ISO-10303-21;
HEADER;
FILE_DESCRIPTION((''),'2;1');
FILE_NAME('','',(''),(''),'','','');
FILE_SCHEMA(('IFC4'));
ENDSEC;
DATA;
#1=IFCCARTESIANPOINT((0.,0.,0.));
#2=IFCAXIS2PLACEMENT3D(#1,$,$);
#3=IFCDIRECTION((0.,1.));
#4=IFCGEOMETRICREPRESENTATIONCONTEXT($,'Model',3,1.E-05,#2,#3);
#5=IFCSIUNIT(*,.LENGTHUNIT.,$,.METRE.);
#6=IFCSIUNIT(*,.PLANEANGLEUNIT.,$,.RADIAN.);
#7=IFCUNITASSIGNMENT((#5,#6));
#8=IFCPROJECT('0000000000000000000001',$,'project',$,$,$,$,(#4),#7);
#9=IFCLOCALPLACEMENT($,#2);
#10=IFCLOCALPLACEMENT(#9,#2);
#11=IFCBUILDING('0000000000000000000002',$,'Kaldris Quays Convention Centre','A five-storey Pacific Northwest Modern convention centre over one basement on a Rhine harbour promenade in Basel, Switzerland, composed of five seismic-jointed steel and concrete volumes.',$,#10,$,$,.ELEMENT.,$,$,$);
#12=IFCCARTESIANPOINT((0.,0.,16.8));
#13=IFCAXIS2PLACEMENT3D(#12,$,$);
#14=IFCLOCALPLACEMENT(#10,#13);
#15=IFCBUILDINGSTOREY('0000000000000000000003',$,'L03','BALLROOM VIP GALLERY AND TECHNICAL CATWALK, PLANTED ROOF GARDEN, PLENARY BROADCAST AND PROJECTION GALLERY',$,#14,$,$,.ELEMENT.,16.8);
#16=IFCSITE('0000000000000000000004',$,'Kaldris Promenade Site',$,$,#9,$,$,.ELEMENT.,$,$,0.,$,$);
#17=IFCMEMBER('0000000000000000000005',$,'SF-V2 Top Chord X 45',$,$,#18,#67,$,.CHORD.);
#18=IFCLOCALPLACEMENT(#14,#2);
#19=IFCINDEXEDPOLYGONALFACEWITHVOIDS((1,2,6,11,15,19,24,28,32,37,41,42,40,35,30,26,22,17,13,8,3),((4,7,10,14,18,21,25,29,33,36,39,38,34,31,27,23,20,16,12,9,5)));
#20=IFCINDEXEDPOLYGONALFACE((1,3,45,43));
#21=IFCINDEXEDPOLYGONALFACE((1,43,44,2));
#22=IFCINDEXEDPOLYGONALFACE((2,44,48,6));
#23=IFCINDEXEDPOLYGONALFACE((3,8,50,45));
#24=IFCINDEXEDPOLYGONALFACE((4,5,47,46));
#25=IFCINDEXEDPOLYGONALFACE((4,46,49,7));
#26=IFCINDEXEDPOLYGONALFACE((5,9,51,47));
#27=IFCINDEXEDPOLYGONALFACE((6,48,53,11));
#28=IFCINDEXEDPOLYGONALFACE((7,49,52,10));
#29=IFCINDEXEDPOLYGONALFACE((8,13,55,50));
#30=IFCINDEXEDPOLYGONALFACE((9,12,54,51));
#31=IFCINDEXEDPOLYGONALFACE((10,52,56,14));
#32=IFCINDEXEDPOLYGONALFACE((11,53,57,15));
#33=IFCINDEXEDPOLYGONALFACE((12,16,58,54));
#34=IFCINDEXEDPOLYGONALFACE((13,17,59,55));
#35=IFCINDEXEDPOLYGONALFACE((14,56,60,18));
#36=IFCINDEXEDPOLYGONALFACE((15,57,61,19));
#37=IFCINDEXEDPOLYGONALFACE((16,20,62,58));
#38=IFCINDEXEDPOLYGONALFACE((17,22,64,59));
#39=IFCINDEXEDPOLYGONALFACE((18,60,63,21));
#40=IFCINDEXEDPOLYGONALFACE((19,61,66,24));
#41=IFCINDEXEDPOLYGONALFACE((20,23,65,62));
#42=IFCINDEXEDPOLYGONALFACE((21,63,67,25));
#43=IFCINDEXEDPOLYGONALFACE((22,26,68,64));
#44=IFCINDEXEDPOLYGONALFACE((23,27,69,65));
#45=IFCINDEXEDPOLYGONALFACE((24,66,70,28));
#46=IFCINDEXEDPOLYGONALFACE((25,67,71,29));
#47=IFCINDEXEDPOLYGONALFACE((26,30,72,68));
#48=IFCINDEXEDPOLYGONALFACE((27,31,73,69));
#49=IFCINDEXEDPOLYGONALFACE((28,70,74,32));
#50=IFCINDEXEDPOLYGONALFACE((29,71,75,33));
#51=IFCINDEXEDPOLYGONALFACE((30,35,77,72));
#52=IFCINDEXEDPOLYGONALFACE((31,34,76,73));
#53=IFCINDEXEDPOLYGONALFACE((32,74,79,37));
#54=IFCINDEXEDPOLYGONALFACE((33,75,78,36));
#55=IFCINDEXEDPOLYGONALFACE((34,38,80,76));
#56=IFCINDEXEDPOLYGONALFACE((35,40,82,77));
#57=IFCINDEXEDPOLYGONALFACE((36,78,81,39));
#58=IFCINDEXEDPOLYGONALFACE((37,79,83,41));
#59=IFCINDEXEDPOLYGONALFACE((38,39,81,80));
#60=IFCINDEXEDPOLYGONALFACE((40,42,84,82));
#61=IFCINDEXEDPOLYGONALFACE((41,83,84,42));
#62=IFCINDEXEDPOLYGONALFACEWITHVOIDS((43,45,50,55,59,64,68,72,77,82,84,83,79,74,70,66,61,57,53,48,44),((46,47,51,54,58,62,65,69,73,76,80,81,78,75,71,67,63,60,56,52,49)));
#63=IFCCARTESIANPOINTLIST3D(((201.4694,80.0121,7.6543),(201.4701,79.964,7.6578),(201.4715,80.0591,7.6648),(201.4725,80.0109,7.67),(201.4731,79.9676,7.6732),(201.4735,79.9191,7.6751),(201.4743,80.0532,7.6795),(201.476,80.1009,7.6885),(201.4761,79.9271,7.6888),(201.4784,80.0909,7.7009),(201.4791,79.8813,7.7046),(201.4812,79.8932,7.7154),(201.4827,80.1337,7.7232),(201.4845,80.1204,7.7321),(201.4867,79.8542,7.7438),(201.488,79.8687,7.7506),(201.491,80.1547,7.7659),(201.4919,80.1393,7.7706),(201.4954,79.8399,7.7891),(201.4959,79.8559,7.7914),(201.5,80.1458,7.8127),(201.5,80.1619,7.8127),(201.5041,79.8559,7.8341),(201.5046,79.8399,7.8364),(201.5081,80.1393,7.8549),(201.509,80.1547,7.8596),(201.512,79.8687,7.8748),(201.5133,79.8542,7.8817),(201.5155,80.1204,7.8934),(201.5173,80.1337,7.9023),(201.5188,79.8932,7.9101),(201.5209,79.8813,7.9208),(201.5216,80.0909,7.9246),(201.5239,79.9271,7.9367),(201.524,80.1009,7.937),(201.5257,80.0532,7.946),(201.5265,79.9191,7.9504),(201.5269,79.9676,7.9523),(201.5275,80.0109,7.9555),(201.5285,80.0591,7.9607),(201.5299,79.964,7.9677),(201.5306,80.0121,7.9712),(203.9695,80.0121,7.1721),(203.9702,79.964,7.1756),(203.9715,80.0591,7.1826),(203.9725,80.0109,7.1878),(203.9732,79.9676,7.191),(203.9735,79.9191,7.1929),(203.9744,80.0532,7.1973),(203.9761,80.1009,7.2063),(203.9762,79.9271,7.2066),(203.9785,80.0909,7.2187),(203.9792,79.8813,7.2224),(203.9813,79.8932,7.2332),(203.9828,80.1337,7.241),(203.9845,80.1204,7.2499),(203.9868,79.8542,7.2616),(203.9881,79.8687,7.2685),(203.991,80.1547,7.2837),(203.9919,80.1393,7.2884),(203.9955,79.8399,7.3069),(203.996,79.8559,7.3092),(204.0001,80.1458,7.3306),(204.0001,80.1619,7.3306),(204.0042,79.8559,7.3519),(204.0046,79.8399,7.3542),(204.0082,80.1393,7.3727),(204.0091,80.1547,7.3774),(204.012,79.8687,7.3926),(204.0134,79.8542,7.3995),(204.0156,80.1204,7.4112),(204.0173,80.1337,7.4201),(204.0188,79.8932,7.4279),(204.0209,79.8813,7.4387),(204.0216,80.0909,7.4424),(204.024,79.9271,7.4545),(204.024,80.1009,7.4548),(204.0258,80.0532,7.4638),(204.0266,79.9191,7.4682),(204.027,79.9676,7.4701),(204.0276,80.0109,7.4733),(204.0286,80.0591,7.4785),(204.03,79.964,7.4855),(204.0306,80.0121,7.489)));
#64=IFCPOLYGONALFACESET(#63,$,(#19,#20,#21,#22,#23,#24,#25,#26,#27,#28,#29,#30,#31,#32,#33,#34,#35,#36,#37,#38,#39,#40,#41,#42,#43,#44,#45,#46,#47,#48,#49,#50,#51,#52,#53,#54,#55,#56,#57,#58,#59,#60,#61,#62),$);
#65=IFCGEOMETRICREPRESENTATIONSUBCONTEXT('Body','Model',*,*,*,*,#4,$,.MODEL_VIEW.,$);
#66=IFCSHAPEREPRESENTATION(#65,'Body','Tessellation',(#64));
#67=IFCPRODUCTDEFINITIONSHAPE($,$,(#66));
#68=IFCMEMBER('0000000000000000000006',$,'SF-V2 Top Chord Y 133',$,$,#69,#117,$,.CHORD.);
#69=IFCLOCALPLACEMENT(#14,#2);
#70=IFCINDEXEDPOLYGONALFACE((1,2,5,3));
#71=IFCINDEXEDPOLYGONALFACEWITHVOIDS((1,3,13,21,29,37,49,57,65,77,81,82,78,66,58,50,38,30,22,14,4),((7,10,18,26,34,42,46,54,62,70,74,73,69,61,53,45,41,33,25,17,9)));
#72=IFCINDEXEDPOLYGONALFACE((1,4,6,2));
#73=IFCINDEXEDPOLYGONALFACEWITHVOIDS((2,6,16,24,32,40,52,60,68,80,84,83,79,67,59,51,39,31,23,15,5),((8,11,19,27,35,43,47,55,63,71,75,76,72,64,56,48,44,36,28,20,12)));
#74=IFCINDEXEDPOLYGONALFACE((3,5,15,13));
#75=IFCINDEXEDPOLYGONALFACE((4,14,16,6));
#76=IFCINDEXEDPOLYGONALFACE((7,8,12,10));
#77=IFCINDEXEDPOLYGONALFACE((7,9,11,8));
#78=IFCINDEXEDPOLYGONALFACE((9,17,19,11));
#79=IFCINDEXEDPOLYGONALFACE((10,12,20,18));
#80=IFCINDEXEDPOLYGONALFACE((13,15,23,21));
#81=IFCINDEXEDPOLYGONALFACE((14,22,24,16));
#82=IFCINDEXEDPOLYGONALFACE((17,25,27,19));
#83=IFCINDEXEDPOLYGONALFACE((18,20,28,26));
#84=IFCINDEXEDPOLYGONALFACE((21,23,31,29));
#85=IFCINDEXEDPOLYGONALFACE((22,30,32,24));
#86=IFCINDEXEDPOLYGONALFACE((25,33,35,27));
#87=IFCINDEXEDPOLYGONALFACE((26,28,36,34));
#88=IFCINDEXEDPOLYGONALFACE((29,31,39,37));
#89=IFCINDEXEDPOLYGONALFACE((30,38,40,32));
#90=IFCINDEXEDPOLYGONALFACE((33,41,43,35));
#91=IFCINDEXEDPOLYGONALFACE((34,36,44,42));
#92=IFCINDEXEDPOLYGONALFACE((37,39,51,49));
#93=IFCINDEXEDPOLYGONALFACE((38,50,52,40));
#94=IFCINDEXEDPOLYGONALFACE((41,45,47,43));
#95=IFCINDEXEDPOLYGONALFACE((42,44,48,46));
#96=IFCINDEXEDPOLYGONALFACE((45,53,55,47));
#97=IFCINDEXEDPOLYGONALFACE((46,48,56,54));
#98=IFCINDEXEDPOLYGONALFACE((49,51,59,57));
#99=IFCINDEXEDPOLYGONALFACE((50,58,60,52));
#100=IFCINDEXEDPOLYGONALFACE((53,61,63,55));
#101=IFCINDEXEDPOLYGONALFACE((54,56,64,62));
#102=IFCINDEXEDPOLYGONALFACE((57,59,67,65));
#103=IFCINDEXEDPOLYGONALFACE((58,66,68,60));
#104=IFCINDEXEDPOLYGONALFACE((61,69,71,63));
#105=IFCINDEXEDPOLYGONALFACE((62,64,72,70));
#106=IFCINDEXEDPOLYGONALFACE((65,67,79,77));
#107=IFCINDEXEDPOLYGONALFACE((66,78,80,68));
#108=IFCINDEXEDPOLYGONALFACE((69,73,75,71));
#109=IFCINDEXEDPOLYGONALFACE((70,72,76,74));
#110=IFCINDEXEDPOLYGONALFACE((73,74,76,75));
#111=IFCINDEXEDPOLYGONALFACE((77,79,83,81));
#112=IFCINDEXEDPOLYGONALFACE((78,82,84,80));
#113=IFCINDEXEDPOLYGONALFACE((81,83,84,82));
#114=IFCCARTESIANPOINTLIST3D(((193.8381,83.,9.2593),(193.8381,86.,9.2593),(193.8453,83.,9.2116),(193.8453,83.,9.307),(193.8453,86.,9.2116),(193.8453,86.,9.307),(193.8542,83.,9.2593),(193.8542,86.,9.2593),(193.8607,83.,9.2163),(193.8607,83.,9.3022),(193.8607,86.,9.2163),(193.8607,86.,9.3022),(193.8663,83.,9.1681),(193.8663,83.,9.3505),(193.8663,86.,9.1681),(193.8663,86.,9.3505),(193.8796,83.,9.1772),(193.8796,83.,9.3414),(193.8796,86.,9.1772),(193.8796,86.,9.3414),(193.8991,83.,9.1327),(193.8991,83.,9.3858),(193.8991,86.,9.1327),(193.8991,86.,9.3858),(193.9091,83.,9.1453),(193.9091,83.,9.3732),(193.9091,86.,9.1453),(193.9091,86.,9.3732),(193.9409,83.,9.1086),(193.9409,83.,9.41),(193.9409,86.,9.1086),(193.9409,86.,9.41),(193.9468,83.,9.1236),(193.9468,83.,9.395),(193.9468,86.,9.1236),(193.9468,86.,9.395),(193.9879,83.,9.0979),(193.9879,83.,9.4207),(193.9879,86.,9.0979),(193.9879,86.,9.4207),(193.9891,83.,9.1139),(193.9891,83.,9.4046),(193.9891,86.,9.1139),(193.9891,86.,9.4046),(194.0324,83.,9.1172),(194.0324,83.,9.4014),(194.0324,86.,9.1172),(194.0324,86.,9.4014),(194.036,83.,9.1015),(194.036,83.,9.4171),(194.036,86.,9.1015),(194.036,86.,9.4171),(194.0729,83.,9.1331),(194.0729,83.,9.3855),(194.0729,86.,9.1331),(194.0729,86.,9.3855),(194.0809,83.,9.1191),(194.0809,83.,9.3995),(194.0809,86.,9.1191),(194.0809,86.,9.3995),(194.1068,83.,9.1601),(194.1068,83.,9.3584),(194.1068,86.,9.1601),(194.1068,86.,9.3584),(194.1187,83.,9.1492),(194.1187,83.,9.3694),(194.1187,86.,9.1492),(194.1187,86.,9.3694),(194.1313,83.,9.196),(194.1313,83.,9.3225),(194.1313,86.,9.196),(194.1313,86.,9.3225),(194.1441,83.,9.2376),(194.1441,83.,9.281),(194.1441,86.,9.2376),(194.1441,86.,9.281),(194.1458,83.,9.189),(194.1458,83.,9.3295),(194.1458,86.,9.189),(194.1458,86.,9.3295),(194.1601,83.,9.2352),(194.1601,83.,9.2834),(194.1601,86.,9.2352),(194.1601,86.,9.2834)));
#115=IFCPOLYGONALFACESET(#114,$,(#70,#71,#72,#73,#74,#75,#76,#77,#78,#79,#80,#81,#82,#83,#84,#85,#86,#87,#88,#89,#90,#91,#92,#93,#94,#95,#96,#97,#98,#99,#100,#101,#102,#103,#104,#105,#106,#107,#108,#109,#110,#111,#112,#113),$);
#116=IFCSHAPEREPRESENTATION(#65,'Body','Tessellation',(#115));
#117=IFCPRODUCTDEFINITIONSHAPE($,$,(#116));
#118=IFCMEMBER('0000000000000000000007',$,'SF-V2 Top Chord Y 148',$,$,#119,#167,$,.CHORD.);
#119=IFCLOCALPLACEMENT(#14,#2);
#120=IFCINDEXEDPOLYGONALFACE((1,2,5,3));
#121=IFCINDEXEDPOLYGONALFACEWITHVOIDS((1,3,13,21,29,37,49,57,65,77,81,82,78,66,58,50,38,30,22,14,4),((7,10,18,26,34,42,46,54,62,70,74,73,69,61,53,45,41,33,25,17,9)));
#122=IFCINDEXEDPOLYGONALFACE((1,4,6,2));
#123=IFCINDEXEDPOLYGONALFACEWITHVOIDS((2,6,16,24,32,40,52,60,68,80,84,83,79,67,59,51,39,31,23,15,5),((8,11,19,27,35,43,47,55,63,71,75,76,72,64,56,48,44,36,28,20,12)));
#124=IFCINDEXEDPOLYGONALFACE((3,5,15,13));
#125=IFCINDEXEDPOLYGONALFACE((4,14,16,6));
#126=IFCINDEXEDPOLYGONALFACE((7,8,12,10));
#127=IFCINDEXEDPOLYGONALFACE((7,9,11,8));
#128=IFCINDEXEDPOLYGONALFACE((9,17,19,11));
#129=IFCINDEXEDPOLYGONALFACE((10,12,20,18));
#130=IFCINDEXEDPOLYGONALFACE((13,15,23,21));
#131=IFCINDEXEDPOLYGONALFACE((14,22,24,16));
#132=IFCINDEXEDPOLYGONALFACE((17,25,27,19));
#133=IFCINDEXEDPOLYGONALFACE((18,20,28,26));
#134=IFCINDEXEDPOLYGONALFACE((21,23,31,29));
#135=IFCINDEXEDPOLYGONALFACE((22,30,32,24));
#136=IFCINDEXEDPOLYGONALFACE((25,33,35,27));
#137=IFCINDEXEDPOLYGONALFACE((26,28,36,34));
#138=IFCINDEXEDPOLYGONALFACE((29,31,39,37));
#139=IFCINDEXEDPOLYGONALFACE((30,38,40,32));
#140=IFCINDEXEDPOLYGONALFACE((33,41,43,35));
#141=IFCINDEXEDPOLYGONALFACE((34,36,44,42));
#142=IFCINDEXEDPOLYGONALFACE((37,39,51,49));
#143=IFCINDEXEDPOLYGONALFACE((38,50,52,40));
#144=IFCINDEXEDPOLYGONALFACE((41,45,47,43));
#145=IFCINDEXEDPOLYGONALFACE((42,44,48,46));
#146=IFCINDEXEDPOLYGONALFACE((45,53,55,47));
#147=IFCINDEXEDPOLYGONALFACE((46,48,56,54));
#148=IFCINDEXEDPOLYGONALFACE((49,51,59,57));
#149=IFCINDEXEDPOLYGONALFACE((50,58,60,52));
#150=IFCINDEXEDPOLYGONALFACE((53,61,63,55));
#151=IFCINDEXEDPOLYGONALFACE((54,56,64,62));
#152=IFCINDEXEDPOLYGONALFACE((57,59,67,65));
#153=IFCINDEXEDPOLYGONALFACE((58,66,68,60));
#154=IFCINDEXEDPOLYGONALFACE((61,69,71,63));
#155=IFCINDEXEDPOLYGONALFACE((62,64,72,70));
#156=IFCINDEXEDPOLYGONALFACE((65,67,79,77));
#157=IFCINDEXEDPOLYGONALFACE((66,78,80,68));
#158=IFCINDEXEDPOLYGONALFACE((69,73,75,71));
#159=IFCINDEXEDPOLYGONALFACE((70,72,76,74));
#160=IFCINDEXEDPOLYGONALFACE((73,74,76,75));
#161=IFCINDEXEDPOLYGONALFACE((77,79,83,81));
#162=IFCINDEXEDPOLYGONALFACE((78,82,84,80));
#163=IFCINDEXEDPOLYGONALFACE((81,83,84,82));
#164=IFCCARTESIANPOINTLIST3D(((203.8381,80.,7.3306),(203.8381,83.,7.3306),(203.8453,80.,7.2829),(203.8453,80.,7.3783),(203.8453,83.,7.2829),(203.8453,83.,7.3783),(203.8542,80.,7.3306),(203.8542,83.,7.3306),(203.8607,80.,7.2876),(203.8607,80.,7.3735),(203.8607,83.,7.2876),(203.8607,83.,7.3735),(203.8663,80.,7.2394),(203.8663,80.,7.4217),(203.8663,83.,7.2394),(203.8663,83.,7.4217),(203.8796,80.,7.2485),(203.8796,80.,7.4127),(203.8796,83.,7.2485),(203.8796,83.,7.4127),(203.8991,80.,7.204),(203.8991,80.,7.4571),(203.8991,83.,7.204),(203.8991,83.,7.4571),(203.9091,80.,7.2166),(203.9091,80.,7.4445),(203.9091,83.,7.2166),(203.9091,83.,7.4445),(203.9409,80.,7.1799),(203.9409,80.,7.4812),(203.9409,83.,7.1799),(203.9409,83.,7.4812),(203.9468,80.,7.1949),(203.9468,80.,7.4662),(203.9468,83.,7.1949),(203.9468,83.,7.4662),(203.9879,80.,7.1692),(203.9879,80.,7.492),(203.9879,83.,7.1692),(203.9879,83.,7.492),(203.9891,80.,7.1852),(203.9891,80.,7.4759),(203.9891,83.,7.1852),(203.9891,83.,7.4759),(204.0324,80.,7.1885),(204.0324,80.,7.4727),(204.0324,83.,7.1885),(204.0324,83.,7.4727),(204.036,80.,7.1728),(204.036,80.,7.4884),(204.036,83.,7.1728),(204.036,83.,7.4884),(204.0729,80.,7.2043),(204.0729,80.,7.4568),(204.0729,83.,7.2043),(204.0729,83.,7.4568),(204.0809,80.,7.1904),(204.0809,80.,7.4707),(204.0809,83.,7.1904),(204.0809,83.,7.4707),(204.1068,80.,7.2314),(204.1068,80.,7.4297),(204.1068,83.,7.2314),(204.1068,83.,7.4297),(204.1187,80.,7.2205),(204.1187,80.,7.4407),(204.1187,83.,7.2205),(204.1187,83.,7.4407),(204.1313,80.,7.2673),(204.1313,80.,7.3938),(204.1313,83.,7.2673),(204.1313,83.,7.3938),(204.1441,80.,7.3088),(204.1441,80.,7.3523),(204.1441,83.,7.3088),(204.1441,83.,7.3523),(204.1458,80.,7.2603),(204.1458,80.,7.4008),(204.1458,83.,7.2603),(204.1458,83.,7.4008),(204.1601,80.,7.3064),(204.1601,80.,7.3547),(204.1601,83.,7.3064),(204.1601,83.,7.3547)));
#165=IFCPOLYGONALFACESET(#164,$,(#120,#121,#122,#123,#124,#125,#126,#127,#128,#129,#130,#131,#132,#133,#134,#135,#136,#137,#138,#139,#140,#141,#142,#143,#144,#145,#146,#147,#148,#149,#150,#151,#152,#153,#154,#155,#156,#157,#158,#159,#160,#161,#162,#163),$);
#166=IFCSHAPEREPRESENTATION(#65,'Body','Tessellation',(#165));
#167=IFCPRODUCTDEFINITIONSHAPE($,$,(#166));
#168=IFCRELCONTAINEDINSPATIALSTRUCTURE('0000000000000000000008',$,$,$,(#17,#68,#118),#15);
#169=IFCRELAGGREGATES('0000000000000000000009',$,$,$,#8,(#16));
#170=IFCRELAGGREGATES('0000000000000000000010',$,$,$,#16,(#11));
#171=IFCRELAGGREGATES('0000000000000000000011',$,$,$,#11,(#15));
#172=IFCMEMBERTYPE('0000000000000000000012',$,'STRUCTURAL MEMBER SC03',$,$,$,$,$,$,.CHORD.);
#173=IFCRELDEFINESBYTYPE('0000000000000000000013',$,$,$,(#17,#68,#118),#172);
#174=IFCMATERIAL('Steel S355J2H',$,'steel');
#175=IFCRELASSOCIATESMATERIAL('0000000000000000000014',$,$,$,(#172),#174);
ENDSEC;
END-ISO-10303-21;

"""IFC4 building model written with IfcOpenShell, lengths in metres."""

from ifc_helpers import new_model, si_unit, direction, frame, origin, origin_2d, place, context, subcontext, project, spatial, hollow_circle, extrude, material, material_profile, profile_set, type_object, element, save


model = new_model("IFC4")

# Units and contexts
model_context = context("Model", 3, precision=1e-05, world=origin(), true_north=direction((0.0, 1.0)))
body_context = subcontext(model_context, "Body", "Model", "MODEL_VIEW")
ifc_project = project(units=[si_unit("LENGTHUNIT", "METRE"), si_unit("PLANEANGLEUNIT", "RADIAN")], contexts=[model_context])

# Site, building, storey
site_placement = place(None, origin())
site = spatial("IfcSite", under=ifc_project, at=site_placement, Name="Kaldris Promenade Site", CompositionType="ELEMENT", RefElevation=0.0)
building_placement = place(site_placement, origin())
building = spatial("IfcBuilding", under=site, at=building_placement, Name="Kaldris Quays Convention Centre", Description="A five-storey Pacific Northwest Modern convention centre over one basement on a Rhine harbour promenade in Basel, Switzerland, composed of five seismic-jointed steel and concrete volumes.", CompositionType="ELEMENT")
storey_placement = place(building_placement, frame((0.0, 0.0, 16.8)))
storey = spatial("IfcBuildingStorey", under=building, at=storey_placement, Name="L03", Description="BALLROOM VIP GALLERY AND TECHNICAL CATWALK, PLANTED ROOF GARDEN, PLENARY BROADCAST AND PROJECTION GALLERY", CompositionType="ELEMENT", Elevation=16.8)

# Members
ifc_material_1 = material(Name="Steel S355J2H", Category="steel")
ifc_material_profile_1 = material_profile(ifc_material_1, hollow_circle(Radius=0.1619, WallThickness=0.0161, at=origin_2d()), Name="CHS 323.9x16")
ifc_profile_set_1 = profile_set([ifc_material_profile_1], Name="Steel S355J2H")
member_type_1 = type_object("IfcMemberType", Name="STRUCTURAL MEMBER SC03", PredefinedType="CHORD", material=ifc_profile_set_1)
for number, where, z_axis, x_axis, name in (
    (1, (201.5, 80.0, 7.8127), (0.981904, 0.0, -0.189381), (0.0, 1.0, 0.0), "SF-V2 Top Chord X 45"),
):
    element("IfcMember", number, at=place(storey_placement, frame(where, z_axis=z_axis, x_axis=x_axis)), inside=storey, type_object=member_type_1, Name=name, PredefinedType="CHORD", context=body_context, shape_type="SweptSolid", body=[
        extrude(hollow_circle(Radius=0.1619, WallThickness=0.0161, at=origin_2d()), origin(), (0.0, 0.0, 1.0), 2.5461),
    ])
for number, where, z_axis, x_axis, name in (
    (2, (194.0, 83.0, 9.2593), (0.0, 1.0, 0.0), (-1.0, 0.0, 0.0), "SF-V2 Top Chord Y 133"),
    (3, (204.0, 80.0, 7.3306), (0.0, 1.0, 0.0), (-1.0, 0.0, 0.0), "SF-V2 Top Chord Y 148"),
):
    element("IfcMember", number, at=place(storey_placement, frame(where, z_axis=z_axis, x_axis=x_axis)), inside=storey, type_object=member_type_1, Name=name, PredefinedType="CHORD", context=body_context, shape_type="SweptSolid", body=[
        extrude(hollow_circle(Radius=0.1619, WallThickness=0.0161, at=origin_2d()), origin(), (0.0, 0.0, 1.0), 3.0),
    ])

save(model, "model.ifc")
